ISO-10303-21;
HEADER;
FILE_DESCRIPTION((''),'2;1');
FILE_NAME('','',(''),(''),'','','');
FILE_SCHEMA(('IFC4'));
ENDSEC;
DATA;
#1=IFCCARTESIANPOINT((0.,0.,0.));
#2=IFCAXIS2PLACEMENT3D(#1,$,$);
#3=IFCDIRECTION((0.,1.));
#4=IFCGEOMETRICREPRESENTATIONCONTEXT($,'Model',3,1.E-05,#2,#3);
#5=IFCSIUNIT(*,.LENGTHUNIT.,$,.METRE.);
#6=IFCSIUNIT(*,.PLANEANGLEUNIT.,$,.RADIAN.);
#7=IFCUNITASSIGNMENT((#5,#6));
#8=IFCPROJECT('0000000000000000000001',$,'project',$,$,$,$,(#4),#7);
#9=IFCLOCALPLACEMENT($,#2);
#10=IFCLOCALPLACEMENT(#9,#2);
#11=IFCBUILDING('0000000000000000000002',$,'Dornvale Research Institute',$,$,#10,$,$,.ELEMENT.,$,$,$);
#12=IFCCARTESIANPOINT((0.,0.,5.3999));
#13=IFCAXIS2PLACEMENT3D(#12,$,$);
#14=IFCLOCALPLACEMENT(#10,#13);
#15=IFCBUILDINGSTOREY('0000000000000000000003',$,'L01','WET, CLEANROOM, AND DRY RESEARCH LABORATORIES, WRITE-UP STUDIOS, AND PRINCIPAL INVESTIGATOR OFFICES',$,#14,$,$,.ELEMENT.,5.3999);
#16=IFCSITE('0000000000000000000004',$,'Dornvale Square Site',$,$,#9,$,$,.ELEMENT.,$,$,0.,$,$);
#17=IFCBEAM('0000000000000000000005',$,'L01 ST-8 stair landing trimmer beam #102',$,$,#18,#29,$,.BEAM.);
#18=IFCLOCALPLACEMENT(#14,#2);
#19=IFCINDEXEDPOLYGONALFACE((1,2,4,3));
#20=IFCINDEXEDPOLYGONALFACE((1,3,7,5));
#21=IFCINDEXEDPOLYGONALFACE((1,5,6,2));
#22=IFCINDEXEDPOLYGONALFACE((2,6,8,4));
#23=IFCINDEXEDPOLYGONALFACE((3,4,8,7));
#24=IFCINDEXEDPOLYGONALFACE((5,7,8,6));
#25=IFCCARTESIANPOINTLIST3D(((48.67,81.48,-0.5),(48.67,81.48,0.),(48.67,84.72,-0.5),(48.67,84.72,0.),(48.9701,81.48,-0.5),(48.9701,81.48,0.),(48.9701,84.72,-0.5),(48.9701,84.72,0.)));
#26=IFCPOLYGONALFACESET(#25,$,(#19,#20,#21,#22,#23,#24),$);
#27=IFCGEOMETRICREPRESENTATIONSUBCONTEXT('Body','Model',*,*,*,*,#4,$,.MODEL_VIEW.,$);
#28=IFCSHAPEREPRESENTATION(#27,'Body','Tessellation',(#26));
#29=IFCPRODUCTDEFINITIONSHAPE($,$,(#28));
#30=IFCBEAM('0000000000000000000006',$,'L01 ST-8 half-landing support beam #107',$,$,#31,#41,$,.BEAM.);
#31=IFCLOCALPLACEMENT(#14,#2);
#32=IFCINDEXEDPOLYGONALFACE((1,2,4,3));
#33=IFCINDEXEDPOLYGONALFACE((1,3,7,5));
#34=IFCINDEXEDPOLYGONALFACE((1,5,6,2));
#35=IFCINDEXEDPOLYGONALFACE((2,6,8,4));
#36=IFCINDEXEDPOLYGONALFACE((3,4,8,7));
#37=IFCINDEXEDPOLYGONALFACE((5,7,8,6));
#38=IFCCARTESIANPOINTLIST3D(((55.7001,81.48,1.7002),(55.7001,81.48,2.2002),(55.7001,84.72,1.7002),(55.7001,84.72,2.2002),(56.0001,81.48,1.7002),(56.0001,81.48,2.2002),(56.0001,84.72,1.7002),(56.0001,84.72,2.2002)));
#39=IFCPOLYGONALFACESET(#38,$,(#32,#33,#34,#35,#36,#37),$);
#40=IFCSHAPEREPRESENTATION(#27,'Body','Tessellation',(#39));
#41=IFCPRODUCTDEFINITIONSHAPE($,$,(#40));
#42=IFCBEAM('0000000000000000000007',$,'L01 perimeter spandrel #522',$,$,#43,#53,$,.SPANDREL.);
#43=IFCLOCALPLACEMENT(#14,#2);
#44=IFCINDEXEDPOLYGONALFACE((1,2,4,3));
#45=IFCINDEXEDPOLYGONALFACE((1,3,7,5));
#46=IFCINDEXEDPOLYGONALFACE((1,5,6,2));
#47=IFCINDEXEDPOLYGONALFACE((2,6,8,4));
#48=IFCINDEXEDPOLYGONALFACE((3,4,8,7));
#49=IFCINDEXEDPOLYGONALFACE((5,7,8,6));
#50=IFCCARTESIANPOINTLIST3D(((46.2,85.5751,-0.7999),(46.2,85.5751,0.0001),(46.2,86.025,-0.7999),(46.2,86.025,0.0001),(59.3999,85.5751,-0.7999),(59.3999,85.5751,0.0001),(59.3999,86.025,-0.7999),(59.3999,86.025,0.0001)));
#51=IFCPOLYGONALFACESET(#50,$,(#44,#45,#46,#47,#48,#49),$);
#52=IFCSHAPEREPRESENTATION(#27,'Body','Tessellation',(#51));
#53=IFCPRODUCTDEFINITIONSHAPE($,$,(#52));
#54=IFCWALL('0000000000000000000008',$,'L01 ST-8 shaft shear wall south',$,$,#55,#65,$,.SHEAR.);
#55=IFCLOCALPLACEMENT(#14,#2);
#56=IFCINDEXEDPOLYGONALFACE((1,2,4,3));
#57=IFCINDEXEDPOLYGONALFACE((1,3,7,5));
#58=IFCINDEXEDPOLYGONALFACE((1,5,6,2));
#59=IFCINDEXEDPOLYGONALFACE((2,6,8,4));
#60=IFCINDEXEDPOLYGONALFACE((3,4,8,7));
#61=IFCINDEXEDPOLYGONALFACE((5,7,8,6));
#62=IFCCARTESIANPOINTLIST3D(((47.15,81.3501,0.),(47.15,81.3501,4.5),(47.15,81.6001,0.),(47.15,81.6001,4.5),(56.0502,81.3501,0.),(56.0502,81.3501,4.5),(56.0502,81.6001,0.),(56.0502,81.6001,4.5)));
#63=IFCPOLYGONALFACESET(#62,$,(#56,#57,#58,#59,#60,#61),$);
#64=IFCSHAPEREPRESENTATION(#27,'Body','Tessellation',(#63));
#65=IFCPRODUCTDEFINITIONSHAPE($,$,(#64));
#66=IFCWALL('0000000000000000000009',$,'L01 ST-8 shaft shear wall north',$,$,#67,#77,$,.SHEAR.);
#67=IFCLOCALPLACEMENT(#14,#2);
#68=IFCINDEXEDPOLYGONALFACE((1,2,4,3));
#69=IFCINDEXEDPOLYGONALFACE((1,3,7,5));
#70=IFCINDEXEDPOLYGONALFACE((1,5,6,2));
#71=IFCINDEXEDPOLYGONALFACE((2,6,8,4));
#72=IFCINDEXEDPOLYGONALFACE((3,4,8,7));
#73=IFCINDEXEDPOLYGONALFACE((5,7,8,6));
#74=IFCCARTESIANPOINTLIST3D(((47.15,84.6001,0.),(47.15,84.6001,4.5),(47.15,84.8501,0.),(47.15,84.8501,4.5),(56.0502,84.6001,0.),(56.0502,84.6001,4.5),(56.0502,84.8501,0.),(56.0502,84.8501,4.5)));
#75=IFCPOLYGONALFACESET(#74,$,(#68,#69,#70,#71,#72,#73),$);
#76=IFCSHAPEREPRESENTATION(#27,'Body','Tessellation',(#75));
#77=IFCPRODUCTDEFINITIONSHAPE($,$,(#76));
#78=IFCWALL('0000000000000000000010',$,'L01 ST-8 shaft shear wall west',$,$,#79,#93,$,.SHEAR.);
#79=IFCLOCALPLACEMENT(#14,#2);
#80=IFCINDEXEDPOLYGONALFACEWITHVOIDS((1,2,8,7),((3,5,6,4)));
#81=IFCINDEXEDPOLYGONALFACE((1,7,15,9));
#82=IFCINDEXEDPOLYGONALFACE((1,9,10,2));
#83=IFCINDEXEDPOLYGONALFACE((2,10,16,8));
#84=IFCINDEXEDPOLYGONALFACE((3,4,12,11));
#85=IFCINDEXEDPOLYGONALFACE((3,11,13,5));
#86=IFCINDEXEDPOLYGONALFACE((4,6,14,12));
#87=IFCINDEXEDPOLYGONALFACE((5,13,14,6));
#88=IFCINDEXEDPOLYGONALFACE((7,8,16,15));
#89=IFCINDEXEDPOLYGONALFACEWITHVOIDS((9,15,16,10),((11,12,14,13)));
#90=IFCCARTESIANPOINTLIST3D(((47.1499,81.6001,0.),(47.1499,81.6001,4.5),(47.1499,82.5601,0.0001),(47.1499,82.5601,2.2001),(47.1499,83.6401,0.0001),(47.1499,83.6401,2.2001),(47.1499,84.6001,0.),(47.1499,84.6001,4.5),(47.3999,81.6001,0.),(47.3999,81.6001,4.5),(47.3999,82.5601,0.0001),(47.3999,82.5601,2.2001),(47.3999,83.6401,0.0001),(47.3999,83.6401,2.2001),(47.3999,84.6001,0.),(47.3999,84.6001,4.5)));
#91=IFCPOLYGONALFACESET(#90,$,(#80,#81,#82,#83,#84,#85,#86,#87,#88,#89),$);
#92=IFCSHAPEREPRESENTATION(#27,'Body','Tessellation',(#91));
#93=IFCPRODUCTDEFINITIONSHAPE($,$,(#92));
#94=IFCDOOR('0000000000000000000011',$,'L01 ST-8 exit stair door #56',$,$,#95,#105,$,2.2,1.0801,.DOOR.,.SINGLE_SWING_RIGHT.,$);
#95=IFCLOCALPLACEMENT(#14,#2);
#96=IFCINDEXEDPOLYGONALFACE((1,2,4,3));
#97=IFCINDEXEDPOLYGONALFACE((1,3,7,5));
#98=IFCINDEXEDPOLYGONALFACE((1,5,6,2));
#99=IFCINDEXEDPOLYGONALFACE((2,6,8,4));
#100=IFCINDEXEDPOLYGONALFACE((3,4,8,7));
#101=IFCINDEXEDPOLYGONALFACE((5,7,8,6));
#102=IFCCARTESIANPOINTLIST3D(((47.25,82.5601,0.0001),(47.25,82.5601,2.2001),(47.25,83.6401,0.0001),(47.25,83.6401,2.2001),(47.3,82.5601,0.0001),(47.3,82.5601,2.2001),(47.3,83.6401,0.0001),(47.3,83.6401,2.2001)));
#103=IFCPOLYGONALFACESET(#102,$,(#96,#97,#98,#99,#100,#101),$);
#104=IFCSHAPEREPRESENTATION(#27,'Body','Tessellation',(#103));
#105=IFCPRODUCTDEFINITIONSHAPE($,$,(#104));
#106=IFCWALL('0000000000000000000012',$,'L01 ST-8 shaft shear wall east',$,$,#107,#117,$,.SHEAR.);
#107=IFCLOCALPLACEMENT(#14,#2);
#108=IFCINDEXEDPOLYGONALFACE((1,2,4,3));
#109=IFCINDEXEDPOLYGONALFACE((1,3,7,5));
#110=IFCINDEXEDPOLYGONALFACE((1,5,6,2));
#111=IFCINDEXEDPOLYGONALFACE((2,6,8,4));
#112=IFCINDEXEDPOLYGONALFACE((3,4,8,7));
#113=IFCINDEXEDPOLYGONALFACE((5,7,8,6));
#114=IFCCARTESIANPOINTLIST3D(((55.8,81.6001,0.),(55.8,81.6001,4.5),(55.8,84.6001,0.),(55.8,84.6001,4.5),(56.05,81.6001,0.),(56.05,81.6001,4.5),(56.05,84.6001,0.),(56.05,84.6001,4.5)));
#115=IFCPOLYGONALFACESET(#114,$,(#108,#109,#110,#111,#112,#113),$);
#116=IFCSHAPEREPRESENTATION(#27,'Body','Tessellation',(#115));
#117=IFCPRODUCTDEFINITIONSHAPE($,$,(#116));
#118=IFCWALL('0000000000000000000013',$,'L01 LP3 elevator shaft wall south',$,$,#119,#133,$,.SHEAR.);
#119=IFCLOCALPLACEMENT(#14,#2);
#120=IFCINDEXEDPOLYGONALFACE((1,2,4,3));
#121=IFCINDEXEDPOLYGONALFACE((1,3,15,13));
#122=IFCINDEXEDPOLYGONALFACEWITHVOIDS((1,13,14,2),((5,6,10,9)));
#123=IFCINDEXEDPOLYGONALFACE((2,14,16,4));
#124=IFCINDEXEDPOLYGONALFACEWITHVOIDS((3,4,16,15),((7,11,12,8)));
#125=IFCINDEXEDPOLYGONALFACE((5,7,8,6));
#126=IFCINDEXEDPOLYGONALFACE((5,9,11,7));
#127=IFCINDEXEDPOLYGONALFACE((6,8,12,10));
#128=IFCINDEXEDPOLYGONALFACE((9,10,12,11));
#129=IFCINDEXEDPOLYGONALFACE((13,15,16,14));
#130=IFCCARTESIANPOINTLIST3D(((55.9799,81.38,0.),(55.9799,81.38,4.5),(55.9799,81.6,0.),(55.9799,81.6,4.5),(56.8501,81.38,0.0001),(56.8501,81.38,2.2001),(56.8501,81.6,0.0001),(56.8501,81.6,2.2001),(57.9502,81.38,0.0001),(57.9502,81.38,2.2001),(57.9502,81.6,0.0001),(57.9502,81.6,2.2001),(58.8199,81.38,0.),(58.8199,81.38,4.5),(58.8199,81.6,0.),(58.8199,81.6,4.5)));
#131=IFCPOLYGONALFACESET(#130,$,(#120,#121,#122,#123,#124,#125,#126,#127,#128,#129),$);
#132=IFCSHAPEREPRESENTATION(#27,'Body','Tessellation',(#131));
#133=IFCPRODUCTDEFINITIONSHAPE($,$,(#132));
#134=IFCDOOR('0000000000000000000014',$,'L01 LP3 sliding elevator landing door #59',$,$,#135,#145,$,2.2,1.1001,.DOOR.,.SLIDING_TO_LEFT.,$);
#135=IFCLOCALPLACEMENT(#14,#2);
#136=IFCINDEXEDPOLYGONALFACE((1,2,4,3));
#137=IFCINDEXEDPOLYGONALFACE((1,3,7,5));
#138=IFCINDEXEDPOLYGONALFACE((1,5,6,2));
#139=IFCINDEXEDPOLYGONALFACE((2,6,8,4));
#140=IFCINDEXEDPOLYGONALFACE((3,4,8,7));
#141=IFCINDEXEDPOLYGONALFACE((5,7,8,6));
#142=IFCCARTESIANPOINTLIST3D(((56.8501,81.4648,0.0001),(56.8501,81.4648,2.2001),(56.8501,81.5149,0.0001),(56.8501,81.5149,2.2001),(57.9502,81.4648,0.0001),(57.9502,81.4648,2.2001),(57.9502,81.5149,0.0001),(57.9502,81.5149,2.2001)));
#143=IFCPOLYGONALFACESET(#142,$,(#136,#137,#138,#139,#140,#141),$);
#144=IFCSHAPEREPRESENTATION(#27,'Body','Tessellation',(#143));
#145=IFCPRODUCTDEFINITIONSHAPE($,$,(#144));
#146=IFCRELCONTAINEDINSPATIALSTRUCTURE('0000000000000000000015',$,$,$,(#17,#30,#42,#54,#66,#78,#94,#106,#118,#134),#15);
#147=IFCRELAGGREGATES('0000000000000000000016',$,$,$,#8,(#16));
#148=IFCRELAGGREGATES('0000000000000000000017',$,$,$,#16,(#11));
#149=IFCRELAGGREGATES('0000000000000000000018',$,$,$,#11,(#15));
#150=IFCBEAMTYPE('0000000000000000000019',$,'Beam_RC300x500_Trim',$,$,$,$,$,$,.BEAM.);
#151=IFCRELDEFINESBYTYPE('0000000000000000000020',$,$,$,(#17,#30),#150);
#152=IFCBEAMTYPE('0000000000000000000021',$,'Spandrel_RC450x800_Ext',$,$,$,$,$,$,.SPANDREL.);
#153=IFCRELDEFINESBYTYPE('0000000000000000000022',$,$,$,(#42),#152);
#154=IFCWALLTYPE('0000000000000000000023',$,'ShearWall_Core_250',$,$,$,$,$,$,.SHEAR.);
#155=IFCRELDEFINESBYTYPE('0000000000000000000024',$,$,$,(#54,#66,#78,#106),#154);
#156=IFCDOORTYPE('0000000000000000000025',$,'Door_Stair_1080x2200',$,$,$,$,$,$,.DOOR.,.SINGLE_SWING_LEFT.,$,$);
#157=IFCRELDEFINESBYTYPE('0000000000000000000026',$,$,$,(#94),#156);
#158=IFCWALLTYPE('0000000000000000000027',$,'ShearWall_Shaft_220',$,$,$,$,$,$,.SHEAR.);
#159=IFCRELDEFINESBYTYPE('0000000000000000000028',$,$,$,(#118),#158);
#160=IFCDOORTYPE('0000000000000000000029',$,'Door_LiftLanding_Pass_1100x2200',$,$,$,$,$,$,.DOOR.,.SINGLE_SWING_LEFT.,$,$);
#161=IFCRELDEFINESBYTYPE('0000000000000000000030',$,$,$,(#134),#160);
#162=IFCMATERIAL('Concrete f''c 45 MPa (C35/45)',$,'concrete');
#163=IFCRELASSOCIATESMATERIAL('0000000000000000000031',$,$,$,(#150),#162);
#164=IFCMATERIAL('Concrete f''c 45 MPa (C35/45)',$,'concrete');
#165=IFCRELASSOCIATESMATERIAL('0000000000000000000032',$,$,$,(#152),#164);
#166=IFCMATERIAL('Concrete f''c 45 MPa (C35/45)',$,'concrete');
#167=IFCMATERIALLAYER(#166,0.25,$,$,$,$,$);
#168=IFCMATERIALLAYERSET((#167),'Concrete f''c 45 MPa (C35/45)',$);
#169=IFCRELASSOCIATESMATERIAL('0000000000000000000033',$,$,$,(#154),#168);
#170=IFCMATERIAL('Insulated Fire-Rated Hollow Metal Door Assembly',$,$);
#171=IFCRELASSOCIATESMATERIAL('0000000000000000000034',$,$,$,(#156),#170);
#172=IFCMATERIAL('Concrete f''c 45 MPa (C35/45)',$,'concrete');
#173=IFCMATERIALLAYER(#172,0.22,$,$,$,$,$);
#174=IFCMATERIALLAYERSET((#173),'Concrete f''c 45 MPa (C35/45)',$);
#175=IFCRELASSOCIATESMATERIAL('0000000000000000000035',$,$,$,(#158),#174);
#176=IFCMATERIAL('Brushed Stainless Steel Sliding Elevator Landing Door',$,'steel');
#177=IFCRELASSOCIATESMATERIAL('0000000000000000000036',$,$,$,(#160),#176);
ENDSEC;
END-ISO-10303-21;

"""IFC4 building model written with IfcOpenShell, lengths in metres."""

from ifc_helpers import new_model, si_unit, direction, frame, frame_2d, origin, origin_2d, place, context, subcontext, project, spatial, rectangle, extrude, material, layer, layer_set, material_profile, profile_set, type_object, element, fill, save


model = new_model("IFC4")

# Units and contexts
model_context = context("Model", 3, precision=1e-05, world=origin(), true_north=direction((0.0, 1.0)))
body_context = subcontext(model_context, "Body", "Model", "MODEL_VIEW")
ifc_project = project(units=[si_unit("LENGTHUNIT", "METRE"), si_unit("PLANEANGLEUNIT", "RADIAN")], contexts=[model_context])

# Site, building, storey
site_placement = place(None, origin())
site = spatial("IfcSite", under=ifc_project, at=site_placement, Name="Dornvale Square Site", CompositionType="ELEMENT", RefElevation=0.0)
building_placement = place(site_placement, origin())
building = spatial("IfcBuilding", under=site, at=building_placement, Name="Dornvale Research Institute", CompositionType="ELEMENT")
storey_placement = place(building_placement, frame((0.0, 0.0, 5.3999)))
storey = spatial("IfcBuildingStorey", under=building, at=storey_placement, Name="L01", Description="WET, CLEANROOM, AND DRY RESEARCH LABORATORIES, WRITE-UP STUDIOS, AND PRINCIPAL INVESTIGATOR OFFICES", CompositionType="ELEMENT", Elevation=5.3999)

# Beams
ifc_material_1 = material(Name="Concrete f'c 45 MPa (C35/45)", Category="concrete")
ifc_material_profile_1 = material_profile(ifc_material_1, rectangle(XDim=0.3, YDim=0.5, at=origin_2d()), Name="RC 300x500")
ifc_profile_set_1 = profile_set([ifc_material_profile_1], Name="Concrete f'c 45 MPa (C35/45)")
beam_type_1 = type_object("IfcBeamType", Name="Beam_RC300x500_Trim", PredefinedType="BEAM", material=ifc_profile_set_1)
for number, where, z_axis, x_axis, name in (
    (1, (48.8201, 81.48, -0.25), (0.0, 1.0, 0.0), (-1.0, 0.0, 0.0), "L01 ST-8 stair landing trimmer beam #102"),
    (2, (55.8501, 81.48, 1.9502), (0.0, 1.0, 0.0), (-1.0, 0.0, 0.0), "L01 ST-8 half-landing support beam #107"),
):
    element("IfcBeam", number, at=place(storey_placement, frame(where, z_axis=z_axis, x_axis=x_axis)), inside=storey, type_object=beam_type_1, Name=name, PredefinedType="BEAM", context=body_context, shape_type="SweptSolid", body=[
        extrude(rectangle(XDim=0.3, YDim=0.5, at=origin_2d()), origin(), (0.0, 0.0, 1.0), 3.24),
    ])
ifc_material_2 = material(Name="Concrete f'c 45 MPa (C35/45)", Category="concrete")
ifc_material_profile_2 = material_profile(ifc_material_2, rectangle(XDim=0.45, YDim=0.8, at=origin_2d()), Name="RC 450x800")
ifc_profile_set_2 = profile_set([ifc_material_profile_2], Name="Concrete f'c 45 MPa (C35/45)")
beam_type_2 = type_object("IfcBeamType", Name="Spandrel_RC450x800_Ext", PredefinedType="SPANDREL", material=ifc_profile_set_2)
beam_placement = place(storey_placement, frame((46.2, 85.8, -0.3999), z_axis=(1.0, 0.0, 0.0), x_axis=(0.0, 1.0, 0.0)))
element("IfcBeam", 3, at=beam_placement, inside=storey, type_object=beam_type_2, Name="L01 perimeter spandrel #522", PredefinedType="SPANDREL", context=body_context, shape_type="SweptSolid", body=[
    extrude(rectangle(XDim=0.45, YDim=0.8, at=origin_2d()), origin(), (0.0, 0.0, 1.0), 13.2),
])

# Walls
ifc_material_3 = material(Name="Concrete f'c 45 MPa (C35/45)", Category="concrete")
ifc_layer_1 = layer(ifc_material_3, 0.25)
ifc_layer_set_1 = layer_set([ifc_layer_1], Name="Concrete f'c 45 MPa (C35/45)")
wall_type_1 = type_object("IfcWallType", Name="ShearWall_Core_250", PredefinedType="SHEAR", material=ifc_layer_set_1)
for number, where, z_axis, x_axis, name in (
    (4, (47.1499, 81.4751, 0.0), (0.0, 0.0, 1.0), (1.0, 0.0, 0.0), "L01 ST-8 shaft shear wall south"),
    (5, (47.1499, 84.7251, 0.0), (0.0, 0.0, 1.0), (1.0, 0.0, 0.0), "L01 ST-8 shaft shear wall north"),
):
    element("IfcWall", number, at=place(storey_placement, frame(where, z_axis=z_axis, x_axis=x_axis)), inside=storey, type_object=wall_type_1, Name=name, PredefinedType="SHEAR", context=body_context, shape_type="SweptSolid", body=[
        extrude(rectangle(XDim=8.9001, YDim=0.25, at=frame_2d((4.4502, 0.0))), origin(), (0.0, 0.0, 1.0), 4.5),
    ])

# Wall, opening, door
wall_1_placement = place(storey_placement, frame((47.2749, 81.6001, 0.0), z_axis=(0.0, 0.0, 1.0), x_axis=(0.0, 1.0, 0.0)))
wall_1 = element("IfcWall", 6, at=wall_1_placement, inside=storey, type_object=wall_type_1, Name="L01 ST-8 shaft shear wall west", PredefinedType="SHEAR", context=body_context, shape_type="SweptSolid", body=[
    extrude(rectangle(XDim=3.0, YDim=0.25, at=frame_2d((1.5, 0.0))), origin(), (0.0, 0.0, 1.0), 4.5),
])
opening_1_placement = place(wall_1_placement, frame((0.96, 0.0, 0.0)))
opening_1 = element("IfcOpeningElement", 7, at=opening_1_placement, cuts=wall_1, PredefinedType="OPENING", context=body_context, shape_type="SweptSolid", body=[
    extrude(rectangle(XDim=1.0801, YDim=2.2, at=frame_2d((0.54, 1.1001))), frame((0.0, 0.1399, 0.0), z_axis=(0.0, -1.0, 0.0), x_axis=(1.0, 0.0, 0.0)), (0.0, 0.0, 1.0), 0.28),
])
ifc_material_4 = material(Name="Insulated Fire-Rated Hollow Metal Door Assembly")
door_type_1 = type_object("IfcDoorType", Name="Door_Stair_1080x2200", OperationType="SINGLE_SWING_LEFT", PredefinedType="DOOR", material=ifc_material_4)
door_1_placement = place(opening_1_placement, origin())
door_1 = element("IfcDoor", 8, at=door_1_placement, inside=storey, type_object=door_type_1, Name="L01 ST-8 exit stair door #56", OperationType="SINGLE_SWING_RIGHT", OverallHeight=2.2, OverallWidth=1.0801, PredefinedType="DOOR", context=body_context, shape_type="SweptSolid", body=[
    extrude(rectangle(XDim=1.0801, YDim=2.2, at=frame_2d((0.54, 1.1001))), frame((0.0, 0.0249, 0.0), z_axis=(0.0, -1.0, 0.0), x_axis=(1.0, 0.0, 0.0)), (0.0, 0.0, 1.0), 0.05),
])
fill(opening_1, door_1)

# Wall
wall_2_placement = place(storey_placement, frame((55.925, 81.6001, 0.0), z_axis=(0.0, 0.0, 1.0), x_axis=(0.0, 1.0, 0.0)))
element("IfcWall", 9, at=wall_2_placement, inside=storey, type_object=wall_type_1, Name="L01 ST-8 shaft shear wall east", PredefinedType="SHEAR", context=body_context, shape_type="SweptSolid", body=[
    extrude(rectangle(XDim=3.0, YDim=0.25, at=frame_2d((1.5, 0.0))), origin(), (0.0, 0.0, 1.0), 4.5),
])

# Wall, opening, door
ifc_material_5 = material(Name="Concrete f'c 45 MPa (C35/45)", Category="concrete")
ifc_layer_2 = layer(ifc_material_5, 0.22)
ifc_layer_set_2 = layer_set([ifc_layer_2], Name="Concrete f'c 45 MPa (C35/45)")
wall_type_2 = type_object("IfcWallType", Name="ShearWall_Shaft_220", PredefinedType="SHEAR", material=ifc_layer_set_2)
wall_3_placement = place(storey_placement, frame((55.98, 81.49, 0.0), z_axis=(0.0, 0.0, 1.0), x_axis=(1.0, 0.0, 0.0)))
wall_3 = element("IfcWall", 10, at=wall_3_placement, inside=storey, type_object=wall_type_2, Name="L01 LP3 elevator shaft wall south", PredefinedType="SHEAR", context=body_context, shape_type="SweptSolid", body=[
    extrude(rectangle(XDim=2.8401, YDim=0.22, at=frame_2d((1.4199, 0.0))), origin(), (0.0, 0.0, 1.0), 4.5),
])
opening_2_placement = place(wall_3_placement, frame((0.8701, 0.0, 0.0)))
opening_2 = element("IfcOpeningElement", 11, at=opening_2_placement, cuts=wall_3, PredefinedType="OPENING", context=body_context, shape_type="SweptSolid", body=[
    extrude(rectangle(XDim=1.1001, YDim=2.2, at=frame_2d((0.55, 1.1001))), frame((0.0, 0.125, 0.0), z_axis=(0.0, -1.0, 0.0), x_axis=(1.0, 0.0, 0.0)), (0.0, 0.0, 1.0), 0.25),
])
ifc_material_6 = material(Name="Brushed Stainless Steel Sliding Elevator Landing Door", Category="steel")
door_type_2 = type_object("IfcDoorType", Name="Door_LiftLanding_Pass_1100x2200", OperationType="SINGLE_SWING_LEFT", PredefinedType="DOOR", material=ifc_material_6)
door_2_placement = place(opening_2_placement, origin())
door_2 = element("IfcDoor", 12, at=door_2_placement, inside=storey, type_object=door_type_2, Name="L01 LP3 sliding elevator landing door #59", OperationType="SLIDING_TO_LEFT", OverallHeight=2.2, OverallWidth=1.1001, PredefinedType="DOOR", context=body_context, shape_type="SweptSolid", body=[
    extrude(rectangle(XDim=1.1001, YDim=2.2, at=frame_2d((0.55, 1.1001))), frame((0.0, 0.0249, 0.0), z_axis=(0.0, -1.0, 0.0), x_axis=(1.0, 0.0, 0.0)), (0.0, 0.0, 1.0), 0.05),
])
fill(opening_2, door_2)

save(model, "model.ifc")
